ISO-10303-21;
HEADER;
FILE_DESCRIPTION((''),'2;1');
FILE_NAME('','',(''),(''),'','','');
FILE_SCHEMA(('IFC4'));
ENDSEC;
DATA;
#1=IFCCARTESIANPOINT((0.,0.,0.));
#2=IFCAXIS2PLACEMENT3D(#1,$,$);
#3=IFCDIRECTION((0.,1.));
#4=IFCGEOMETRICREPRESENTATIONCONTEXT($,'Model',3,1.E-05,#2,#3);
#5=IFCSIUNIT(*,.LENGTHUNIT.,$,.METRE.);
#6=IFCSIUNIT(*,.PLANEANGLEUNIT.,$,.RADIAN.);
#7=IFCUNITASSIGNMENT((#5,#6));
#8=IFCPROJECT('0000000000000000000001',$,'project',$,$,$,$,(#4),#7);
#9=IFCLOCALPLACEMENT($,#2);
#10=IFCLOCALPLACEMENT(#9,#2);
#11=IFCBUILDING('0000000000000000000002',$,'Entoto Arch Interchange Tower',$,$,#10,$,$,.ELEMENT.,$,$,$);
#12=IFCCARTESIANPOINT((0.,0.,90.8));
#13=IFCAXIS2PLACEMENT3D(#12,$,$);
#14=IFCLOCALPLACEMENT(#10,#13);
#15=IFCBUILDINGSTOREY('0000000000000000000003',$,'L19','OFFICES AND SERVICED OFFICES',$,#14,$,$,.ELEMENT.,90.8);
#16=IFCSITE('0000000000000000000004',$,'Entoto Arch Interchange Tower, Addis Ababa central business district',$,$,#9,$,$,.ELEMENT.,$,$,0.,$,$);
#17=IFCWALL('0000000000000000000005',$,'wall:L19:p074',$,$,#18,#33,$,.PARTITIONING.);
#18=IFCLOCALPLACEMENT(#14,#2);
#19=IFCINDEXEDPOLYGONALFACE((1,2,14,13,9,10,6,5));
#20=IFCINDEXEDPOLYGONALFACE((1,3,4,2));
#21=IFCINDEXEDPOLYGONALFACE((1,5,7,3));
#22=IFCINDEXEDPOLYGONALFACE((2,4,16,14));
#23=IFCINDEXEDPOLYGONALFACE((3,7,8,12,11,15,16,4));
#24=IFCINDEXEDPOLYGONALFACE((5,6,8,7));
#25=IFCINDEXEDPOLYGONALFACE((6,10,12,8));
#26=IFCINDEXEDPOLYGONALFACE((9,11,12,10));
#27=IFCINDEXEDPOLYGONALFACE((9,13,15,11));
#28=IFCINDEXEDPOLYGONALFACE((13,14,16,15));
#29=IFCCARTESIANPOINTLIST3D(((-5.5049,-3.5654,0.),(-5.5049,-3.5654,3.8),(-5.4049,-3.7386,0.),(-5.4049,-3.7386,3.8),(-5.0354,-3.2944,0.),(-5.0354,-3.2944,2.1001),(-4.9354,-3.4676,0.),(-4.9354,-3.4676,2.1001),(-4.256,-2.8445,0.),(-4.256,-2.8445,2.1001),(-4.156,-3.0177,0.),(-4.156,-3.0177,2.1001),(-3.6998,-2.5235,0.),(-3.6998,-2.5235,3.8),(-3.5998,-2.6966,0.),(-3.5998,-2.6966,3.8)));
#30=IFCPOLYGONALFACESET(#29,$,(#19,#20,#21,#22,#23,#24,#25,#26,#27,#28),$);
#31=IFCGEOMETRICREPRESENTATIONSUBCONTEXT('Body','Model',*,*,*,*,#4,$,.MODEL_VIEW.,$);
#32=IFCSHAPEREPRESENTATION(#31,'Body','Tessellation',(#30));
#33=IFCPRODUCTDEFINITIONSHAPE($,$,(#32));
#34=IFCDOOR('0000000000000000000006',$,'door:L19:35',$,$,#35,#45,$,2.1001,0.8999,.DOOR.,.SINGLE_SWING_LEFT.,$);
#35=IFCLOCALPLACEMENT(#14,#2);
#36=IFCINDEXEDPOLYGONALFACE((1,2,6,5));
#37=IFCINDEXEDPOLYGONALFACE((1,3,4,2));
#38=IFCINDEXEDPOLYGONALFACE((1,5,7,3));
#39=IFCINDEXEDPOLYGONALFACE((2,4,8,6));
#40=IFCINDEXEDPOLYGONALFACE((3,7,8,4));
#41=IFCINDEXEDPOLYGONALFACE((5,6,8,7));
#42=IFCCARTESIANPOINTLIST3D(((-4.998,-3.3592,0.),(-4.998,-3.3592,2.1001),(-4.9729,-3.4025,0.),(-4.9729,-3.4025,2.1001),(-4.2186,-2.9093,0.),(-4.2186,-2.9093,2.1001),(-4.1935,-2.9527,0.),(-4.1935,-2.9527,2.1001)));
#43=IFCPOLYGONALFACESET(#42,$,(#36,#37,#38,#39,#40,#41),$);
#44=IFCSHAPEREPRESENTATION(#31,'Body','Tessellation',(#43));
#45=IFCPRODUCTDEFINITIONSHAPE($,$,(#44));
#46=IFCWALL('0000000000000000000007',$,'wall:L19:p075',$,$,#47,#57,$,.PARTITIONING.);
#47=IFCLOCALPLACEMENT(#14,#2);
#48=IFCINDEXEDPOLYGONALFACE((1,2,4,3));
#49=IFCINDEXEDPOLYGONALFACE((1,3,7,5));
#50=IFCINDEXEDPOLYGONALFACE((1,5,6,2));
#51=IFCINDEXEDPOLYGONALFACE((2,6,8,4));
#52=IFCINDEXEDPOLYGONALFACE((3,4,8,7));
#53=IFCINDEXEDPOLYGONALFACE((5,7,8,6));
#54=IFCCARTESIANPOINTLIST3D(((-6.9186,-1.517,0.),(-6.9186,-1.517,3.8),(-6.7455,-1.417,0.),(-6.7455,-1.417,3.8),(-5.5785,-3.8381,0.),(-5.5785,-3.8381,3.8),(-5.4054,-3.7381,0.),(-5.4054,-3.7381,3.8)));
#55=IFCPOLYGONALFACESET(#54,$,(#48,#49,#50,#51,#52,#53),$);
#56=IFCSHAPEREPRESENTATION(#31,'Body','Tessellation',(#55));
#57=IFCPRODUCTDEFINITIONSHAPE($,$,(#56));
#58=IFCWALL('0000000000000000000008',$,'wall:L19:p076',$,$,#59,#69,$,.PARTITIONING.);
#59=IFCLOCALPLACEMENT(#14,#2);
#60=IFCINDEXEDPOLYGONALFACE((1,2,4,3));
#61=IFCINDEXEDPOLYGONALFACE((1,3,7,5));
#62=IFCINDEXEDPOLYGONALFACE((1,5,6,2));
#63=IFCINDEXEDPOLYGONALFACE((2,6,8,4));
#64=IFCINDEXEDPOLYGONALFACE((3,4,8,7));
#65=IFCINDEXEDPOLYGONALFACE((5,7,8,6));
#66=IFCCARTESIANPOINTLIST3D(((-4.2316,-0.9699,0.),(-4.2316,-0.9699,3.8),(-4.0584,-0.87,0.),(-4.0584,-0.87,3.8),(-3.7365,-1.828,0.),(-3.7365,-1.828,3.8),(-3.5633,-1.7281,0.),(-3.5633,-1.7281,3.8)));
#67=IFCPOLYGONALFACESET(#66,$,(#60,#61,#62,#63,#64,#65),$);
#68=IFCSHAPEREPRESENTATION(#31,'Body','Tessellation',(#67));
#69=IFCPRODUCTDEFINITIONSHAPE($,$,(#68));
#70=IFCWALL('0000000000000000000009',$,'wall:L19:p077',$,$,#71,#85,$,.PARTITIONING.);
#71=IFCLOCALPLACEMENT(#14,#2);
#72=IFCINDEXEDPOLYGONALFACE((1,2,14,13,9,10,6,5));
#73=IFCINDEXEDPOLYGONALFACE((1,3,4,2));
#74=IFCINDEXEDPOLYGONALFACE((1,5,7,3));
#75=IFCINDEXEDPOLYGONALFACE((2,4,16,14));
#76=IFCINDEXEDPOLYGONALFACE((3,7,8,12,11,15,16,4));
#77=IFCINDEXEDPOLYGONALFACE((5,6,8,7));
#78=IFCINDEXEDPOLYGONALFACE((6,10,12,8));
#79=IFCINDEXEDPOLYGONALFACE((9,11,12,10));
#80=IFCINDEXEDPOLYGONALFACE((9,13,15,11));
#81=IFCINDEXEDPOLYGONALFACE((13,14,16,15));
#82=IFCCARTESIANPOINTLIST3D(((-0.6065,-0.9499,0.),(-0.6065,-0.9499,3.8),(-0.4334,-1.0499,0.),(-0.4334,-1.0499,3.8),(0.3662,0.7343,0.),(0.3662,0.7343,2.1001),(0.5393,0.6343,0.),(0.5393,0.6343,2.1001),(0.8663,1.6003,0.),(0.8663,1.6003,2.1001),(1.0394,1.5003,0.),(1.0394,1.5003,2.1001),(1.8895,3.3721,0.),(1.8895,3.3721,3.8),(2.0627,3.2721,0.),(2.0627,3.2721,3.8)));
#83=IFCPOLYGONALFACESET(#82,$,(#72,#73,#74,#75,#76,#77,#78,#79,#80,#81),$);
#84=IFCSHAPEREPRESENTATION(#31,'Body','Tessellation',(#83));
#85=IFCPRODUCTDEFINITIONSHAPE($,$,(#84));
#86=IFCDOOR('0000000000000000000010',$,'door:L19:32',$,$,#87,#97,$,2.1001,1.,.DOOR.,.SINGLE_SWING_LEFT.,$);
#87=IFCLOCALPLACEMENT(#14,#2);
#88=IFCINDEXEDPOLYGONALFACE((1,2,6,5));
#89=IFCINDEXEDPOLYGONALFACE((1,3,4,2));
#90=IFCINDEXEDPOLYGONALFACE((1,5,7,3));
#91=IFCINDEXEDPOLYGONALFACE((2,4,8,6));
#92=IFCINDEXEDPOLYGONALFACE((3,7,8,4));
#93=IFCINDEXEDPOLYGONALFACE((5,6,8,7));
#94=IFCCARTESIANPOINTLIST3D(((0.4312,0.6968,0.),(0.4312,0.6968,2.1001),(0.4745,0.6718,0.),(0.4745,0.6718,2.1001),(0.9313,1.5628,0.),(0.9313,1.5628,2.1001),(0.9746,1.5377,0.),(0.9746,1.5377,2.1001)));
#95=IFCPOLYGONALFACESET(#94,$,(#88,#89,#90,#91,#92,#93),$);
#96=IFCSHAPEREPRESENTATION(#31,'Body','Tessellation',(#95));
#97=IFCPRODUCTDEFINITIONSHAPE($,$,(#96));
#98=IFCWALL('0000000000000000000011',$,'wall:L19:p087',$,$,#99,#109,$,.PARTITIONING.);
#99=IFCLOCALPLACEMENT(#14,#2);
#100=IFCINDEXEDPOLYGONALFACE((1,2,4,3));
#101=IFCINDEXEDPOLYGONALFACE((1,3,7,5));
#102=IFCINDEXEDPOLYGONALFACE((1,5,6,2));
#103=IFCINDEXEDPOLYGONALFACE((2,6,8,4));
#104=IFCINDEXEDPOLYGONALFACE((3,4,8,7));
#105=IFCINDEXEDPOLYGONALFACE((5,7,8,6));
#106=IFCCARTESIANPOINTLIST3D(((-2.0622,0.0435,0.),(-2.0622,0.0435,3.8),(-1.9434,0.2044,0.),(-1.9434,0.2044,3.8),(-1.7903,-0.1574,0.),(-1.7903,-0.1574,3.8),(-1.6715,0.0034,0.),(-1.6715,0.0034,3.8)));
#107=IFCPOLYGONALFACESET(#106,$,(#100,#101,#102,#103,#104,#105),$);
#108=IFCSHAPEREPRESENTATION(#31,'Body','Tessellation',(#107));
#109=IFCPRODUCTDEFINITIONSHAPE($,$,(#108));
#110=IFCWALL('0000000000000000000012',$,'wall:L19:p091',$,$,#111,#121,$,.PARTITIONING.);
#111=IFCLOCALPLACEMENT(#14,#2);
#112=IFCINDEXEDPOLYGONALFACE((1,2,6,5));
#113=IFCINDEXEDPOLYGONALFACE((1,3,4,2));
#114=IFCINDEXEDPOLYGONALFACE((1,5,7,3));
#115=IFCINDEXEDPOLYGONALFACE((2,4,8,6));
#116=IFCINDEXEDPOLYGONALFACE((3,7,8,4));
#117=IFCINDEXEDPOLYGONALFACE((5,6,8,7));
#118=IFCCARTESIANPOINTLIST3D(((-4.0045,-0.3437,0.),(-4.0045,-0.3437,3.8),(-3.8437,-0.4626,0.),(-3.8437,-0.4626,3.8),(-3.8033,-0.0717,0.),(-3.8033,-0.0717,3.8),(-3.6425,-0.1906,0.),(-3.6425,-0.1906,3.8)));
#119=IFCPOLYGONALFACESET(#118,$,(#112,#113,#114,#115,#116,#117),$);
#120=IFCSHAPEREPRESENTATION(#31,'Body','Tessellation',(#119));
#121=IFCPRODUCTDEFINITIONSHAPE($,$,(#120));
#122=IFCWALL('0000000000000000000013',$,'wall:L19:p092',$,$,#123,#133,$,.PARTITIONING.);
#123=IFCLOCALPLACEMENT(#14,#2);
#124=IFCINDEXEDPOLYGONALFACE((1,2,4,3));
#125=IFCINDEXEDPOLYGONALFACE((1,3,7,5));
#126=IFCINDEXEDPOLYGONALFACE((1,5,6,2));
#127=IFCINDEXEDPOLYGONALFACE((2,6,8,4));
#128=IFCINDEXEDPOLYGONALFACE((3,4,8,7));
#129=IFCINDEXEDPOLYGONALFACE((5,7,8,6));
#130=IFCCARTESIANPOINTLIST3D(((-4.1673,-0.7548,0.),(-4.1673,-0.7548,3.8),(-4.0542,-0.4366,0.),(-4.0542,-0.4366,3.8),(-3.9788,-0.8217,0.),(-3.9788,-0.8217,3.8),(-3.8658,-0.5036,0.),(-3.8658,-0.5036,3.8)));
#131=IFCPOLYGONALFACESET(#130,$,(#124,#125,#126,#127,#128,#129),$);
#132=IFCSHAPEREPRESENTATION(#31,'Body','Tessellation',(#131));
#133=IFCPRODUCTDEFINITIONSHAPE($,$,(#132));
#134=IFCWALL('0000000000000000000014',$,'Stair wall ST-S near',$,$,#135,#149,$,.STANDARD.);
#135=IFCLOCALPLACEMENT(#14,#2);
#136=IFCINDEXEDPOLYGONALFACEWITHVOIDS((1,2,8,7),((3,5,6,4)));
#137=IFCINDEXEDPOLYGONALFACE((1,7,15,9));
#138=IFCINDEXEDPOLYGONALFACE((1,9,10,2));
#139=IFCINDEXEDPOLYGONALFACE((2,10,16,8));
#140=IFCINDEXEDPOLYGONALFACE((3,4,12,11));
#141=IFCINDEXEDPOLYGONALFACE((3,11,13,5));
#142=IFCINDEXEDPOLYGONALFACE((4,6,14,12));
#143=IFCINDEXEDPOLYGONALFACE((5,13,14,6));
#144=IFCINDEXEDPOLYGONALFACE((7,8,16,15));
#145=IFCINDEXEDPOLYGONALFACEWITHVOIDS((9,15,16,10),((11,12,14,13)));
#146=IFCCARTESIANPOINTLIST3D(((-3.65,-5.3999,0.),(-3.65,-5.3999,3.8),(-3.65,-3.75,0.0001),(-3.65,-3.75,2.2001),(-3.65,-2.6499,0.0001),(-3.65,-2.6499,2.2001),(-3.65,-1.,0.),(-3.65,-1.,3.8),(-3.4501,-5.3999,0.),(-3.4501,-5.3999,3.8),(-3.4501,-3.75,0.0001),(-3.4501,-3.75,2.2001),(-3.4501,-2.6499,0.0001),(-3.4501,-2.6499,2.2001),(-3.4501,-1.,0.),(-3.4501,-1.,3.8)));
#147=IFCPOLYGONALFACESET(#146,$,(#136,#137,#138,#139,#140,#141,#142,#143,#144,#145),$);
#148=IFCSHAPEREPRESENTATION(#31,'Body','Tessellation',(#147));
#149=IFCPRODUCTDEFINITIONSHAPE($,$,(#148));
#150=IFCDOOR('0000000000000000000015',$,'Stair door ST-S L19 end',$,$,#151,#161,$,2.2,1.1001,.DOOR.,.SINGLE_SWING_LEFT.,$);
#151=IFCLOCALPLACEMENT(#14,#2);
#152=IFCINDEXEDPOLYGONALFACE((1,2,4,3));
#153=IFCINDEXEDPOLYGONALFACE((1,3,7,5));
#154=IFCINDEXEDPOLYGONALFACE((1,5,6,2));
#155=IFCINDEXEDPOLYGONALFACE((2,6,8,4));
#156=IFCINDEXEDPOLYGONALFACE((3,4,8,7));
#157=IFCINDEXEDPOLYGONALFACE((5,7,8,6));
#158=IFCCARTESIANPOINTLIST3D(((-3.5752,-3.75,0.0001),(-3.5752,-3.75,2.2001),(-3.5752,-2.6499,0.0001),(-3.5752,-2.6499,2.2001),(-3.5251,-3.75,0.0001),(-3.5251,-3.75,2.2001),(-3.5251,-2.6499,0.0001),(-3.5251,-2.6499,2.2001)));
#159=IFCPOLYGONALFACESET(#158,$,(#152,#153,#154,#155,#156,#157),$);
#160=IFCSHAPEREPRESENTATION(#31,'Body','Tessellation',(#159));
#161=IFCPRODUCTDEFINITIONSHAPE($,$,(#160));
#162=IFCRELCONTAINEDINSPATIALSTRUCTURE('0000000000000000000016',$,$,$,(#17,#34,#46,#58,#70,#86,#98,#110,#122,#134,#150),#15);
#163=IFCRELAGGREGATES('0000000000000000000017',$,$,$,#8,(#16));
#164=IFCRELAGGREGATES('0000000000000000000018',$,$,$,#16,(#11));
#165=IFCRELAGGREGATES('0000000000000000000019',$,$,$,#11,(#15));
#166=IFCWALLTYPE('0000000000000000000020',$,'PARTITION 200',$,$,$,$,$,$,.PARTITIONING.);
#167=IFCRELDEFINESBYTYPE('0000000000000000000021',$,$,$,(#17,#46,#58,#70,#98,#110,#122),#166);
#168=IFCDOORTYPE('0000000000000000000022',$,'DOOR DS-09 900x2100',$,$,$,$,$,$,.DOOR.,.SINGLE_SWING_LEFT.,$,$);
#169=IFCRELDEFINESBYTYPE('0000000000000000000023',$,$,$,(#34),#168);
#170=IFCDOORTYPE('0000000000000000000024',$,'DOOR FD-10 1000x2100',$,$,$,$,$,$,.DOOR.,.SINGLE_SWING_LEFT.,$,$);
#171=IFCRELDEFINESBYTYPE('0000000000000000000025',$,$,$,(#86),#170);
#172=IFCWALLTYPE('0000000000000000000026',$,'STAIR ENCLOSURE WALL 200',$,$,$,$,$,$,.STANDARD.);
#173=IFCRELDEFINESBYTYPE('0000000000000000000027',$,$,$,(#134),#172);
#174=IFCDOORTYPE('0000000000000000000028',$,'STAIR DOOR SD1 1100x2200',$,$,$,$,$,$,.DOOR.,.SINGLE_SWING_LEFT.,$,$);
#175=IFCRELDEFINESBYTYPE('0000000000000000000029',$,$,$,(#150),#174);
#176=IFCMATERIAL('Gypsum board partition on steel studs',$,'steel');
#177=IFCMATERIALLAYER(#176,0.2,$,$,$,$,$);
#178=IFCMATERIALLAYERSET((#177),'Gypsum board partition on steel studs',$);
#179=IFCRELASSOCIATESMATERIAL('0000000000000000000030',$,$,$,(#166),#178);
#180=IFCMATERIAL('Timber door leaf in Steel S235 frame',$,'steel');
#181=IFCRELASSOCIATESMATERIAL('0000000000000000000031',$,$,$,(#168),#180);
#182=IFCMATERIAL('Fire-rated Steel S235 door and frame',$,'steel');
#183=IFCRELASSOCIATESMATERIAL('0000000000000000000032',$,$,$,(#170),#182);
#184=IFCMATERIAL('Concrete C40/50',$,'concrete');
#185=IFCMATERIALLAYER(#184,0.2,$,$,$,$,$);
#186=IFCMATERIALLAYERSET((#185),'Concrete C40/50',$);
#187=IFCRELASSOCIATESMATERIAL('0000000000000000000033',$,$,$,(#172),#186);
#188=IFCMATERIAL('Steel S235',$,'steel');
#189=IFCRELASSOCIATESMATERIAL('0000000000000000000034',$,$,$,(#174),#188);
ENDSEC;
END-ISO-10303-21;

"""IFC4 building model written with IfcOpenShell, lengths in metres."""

from ifc_helpers import new_model, si_unit, direction, frame, frame_2d, origin, place, context, subcontext, project, spatial, rectangle, extrude, material, layer, layer_set, type_object, element, fill, save


model = new_model("IFC4")

# Units and contexts
model_context = context("Model", 3, precision=1e-05, world=origin(), true_north=direction((0.0, 1.0)))
body_context = subcontext(model_context, "Body", "Model", "MODEL_VIEW")
ifc_project = project(units=[si_unit("LENGTHUNIT", "METRE"), si_unit("PLANEANGLEUNIT", "RADIAN")], contexts=[model_context])

# Site, building, storey
site_placement = place(None, origin())
site = spatial("IfcSite", under=ifc_project, at=site_placement, Name="Entoto Arch Interchange Tower, Addis Ababa central business district", CompositionType="ELEMENT", RefElevation=0.0)
building_placement = place(site_placement, origin())
building = spatial("IfcBuilding", under=site, at=building_placement, Name="Entoto Arch Interchange Tower", CompositionType="ELEMENT")
storey_placement = place(building_placement, frame((0.0, 0.0, 90.8)))
storey = spatial("IfcBuildingStorey", under=building, at=storey_placement, Name="L19", Description="OFFICES AND SERVICED OFFICES", CompositionType="ELEMENT", Elevation=90.8)

# Shared definitions
ifc_material_1 = material(Name="Concrete C40/50", Category="concrete")

# Shared definitions
ifc_material_2 = material(Name="Gypsum board partition on steel studs", Category="steel")
ifc_layer_1 = layer(ifc_material_2, 0.2)
ifc_layer_set_1 = layer_set([ifc_layer_1], Name="Gypsum board partition on steel studs")
wall_type_1 = type_object("IfcWallType", Name="PARTITION 200", PredefinedType="PARTITIONING", material=ifc_layer_set_1)

# Wall, opening, door
wall_1_placement = place(storey_placement, frame((-3.6499, -2.6101, 0.0), z_axis=(0.0, 0.0, 1.0), x_axis=(-0.866072, -0.499918, 0.0)))
wall_1 = element("IfcWall", 1, at=wall_1_placement, inside=storey, type_object=wall_type_1, Name="wall:L19:p074", PredefinedType="PARTITIONING", context=body_context, shape_type="SweptSolid", body=[
    extrude(rectangle(XDim=2.0842, YDim=0.2, at=frame_2d((1.042, 0.0))), origin(), (0.0, 0.0, 1.0), 3.8),
])
opening_1_placement = place(wall_1_placement, frame((0.6421, 0.0, 0.0)))
opening_1 = element("IfcOpeningElement", 2, at=opening_1_placement, cuts=wall_1, PredefinedType="OPENING", context=body_context, shape_type="SweptSolid", body=[
    extrude(rectangle(XDim=0.8999, YDim=2.1001, at=frame_2d((0.45, 1.05))), frame((0.0, 0.1099, 0.0), z_axis=(0.0, -1.0, 0.0), x_axis=(1.0, 0.0, 0.0)), (0.0, 0.0, 1.0), 0.22),
])
ifc_material_3 = material(Name="Timber door leaf in Steel S235 frame", Category="steel")
door_type_1 = type_object("IfcDoorType", Name="DOOR DS-09 900x2100", OperationType="SINGLE_SWING_LEFT", PredefinedType="DOOR", material=ifc_material_3)
door_1_placement = place(opening_1_placement, origin())
door_1 = element("IfcDoor", 3, at=door_1_placement, inside=storey, type_object=door_type_1, Name="door:L19:35", OperationType="SINGLE_SWING_LEFT", OverallHeight=2.1001, OverallWidth=0.8999, PredefinedType="DOOR", context=body_context, shape_type="SweptSolid", body=[
    extrude(rectangle(XDim=0.8999, YDim=2.1001, at=frame_2d((0.45, 1.05))), frame((0.0, 0.0249, 0.0), z_axis=(0.0, -1.0, 0.0), x_axis=(1.0, 0.0, 0.0)), (0.0, 0.0, 1.0), 0.05),
])
fill(opening_1, door_1)

# Walls
wall_2_placement = place(storey_placement, frame((-5.4919, -3.7881, 0.0), z_axis=(0.0, 0.0, 1.0), x_axis=(-0.500009, 0.86602, 0.0)))
element("IfcWall", 4, at=wall_2_placement, inside=storey, type_object=wall_type_1, Name="wall:L19:p075", PredefinedType="PARTITIONING", context=body_context, shape_type="SweptSolid", body=[
    extrude(rectangle(XDim=2.6802, YDim=0.2, at=frame_2d((1.3401, 0.0))), origin(), (0.0, 0.0, 1.0), 3.8),
])
wall_3_placement = place(storey_placement, frame((-4.145, -0.9199, 0.0), z_axis=(0.0, 0.0, 1.0), x_axis=(0.499744, -0.866173, 0.0)))
element("IfcWall", 5, at=wall_3_placement, inside=storey, type_object=wall_type_1, Name="wall:L19:p076", PredefinedType="PARTITIONING", context=body_context, shape_type="SweptSolid", body=[
    extrude(rectangle(XDim=0.9907, YDim=0.2, at=frame_2d((0.4954, 0.0))), origin(), (0.0, 0.0, 1.0), 3.8),
])

# Wall, opening, door
wall_4_placement = place(storey_placement, frame((-0.52, -1.0, 0.0), z_axis=(0.0, 0.0, 1.0), x_axis=(0.500116, 0.865958, 0.0)))
wall_4 = element("IfcWall", 6, at=wall_4_placement, inside=storey, type_object=wall_type_1, Name="wall:L19:p077", PredefinedType="PARTITIONING", context=body_context, shape_type="SweptSolid", body=[
    extrude(rectangle(XDim=4.991, YDim=0.2, at=frame_2d((2.4956, 0.0))), origin(), (0.0, 0.0, 1.0), 3.8),
])
opening_2_placement = place(wall_4_placement, frame((1.9451, 0.0, 0.0)))
opening_2 = element("IfcOpeningElement", 7, at=opening_2_placement, cuts=wall_4, PredefinedType="OPENING", context=body_context, shape_type="SweptSolid", body=[
    extrude(rectangle(XDim=1.0, YDim=2.1001, at=frame_2d((0.5, 1.05))), frame((0.0, 0.1099, 0.0), z_axis=(0.0, -1.0, 0.0), x_axis=(1.0, 0.0, 0.0)), (0.0, 0.0, 1.0), 0.22),
])
ifc_material_4 = material(Name="Fire-rated Steel S235 door and frame", Category="steel")
door_type_2 = type_object("IfcDoorType", Name="DOOR FD-10 1000x2100", OperationType="SINGLE_SWING_LEFT", PredefinedType="DOOR", material=ifc_material_4)
door_2_placement = place(opening_2_placement, origin())
door_2 = element("IfcDoor", 8, at=door_2_placement, inside=storey, type_object=door_type_2, Name="door:L19:32", OperationType="SINGLE_SWING_LEFT", OverallHeight=2.1001, OverallWidth=1.0, PredefinedType="DOOR", context=body_context, shape_type="SweptSolid", body=[
    extrude(rectangle(XDim=1.0, YDim=2.1001, at=frame_2d((0.5, 1.05))), frame((0.0, 0.0249, 0.0), z_axis=(0.0, -1.0, 0.0), x_axis=(1.0, 0.0, 0.0)), (0.0, 0.0, 1.0), 0.05),
])
fill(opening_2, door_2)

# Walls
wall_5_placement = place(storey_placement, frame((-1.731, -0.0769, 0.0), z_axis=(0.0, 0.0, 1.0), x_axis=(-0.804311, 0.594208, 0.0)))
element("IfcWall", 9, at=wall_5_placement, inside=storey, type_object=wall_type_1, Name="wall:L19:p087", PredefinedType="PARTITIONING", context=body_context, shape_type="SweptSolid", body=[
    extrude(rectangle(XDim=0.3381, YDim=0.2, at=frame_2d((0.1689, 0.0))), origin(), (0.0, 0.0, 1.0), 3.8),
])
wall_6_placement = place(storey_placement, frame((-3.7229, -0.1311, 0.0), z_axis=(0.0, 0.0, 1.0), x_axis=(-0.594675, -0.803966, 0.0)))
element("IfcWall", 10, at=wall_6_placement, inside=storey, type_object=wall_type_1, Name="wall:L19:p091", PredefinedType="PARTITIONING", context=body_context, shape_type="SweptSolid", body=[
    extrude(rectangle(XDim=0.3384, YDim=0.2, at=frame_2d((0.1692, 0.0))), origin(), (0.0, 0.0, 1.0), 3.8),
])
wall_7_placement = place(storey_placement, frame((-3.96, -0.47, 0.0), z_axis=(0.0, 0.0, 1.0), x_axis=(-0.334824, -0.942281, 0.0)))
element("IfcWall", 11, at=wall_7_placement, inside=storey, type_object=wall_type_1, Name="wall:L19:p092", PredefinedType="PARTITIONING", context=body_context, shape_type="SweptSolid", body=[
    extrude(rectangle(XDim=0.3376, YDim=0.2, at=frame_2d((0.1689, 0.0))), origin(), (0.0, 0.0, 1.0), 3.8),
])

# Wall, opening, door
ifc_layer_2 = layer(ifc_material_1, 0.2)
ifc_layer_set_2 = layer_set([ifc_layer_2], Name="Concrete C40/50")
wall_type_2 = type_object("IfcWallType", Name="STAIR ENCLOSURE WALL 200", PredefinedType="STANDARD", material=ifc_layer_set_2)
wall_8_placement = place(storey_placement, frame((-3.55, -1.0, 0.0), z_axis=(0.0, 0.0, 1.0), x_axis=(0.0, -1.0, 0.0)))
wall_8 = element("IfcWall", 12, at=wall_8_placement, inside=storey, type_object=wall_type_2, Name="Stair wall ST-S near", PredefinedType="STANDARD", context=body_context, shape_type="SweptSolid", body=[
    extrude(rectangle(XDim=4.3999, YDim=0.2, at=frame_2d((2.2, 0.0))), origin(), (0.0, 0.0, 1.0), 3.8),
])
opening_3_placement = place(wall_8_placement, frame((1.6499, 0.0, 0.0)))
opening_3 = element("IfcOpeningElement", 13, at=opening_3_placement, cuts=wall_8, PredefinedType="OPENING", context=body_context, shape_type="SweptSolid", body=[
    extrude(rectangle(XDim=1.1001, YDim=2.2, at=frame_2d((0.55, 1.1001))), frame((0.0, 0.1099, 0.0), z_axis=(0.0, -1.0, 0.0), x_axis=(1.0, 0.0, 0.0)), (0.0, 0.0, 1.0), 0.22),
])
ifc_material_5 = material(Name="Steel S235", Category="steel")
door_type_3 = type_object("IfcDoorType", Name="STAIR DOOR SD1 1100x2200", OperationType="SINGLE_SWING_LEFT", PredefinedType="DOOR", material=ifc_material_5)
door_3_placement = place(opening_3_placement, origin())
door_3 = element("IfcDoor", 14, at=door_3_placement, inside=storey, type_object=door_type_3, Name="Stair door ST-S L19 end", OperationType="SINGLE_SWING_LEFT", OverallHeight=2.2, OverallWidth=1.1001, PredefinedType="DOOR", context=body_context, shape_type="SweptSolid", body=[
    extrude(rectangle(XDim=1.1001, YDim=2.2, at=frame_2d((0.55, 1.1001))), frame((0.0, 0.0249, 0.0), z_axis=(0.0, -1.0, 0.0), x_axis=(1.0, 0.0, 0.0)), (0.0, 0.0, 1.0), 0.05),
])
fill(opening_3, door_3)

save(model, "model.ifc")
